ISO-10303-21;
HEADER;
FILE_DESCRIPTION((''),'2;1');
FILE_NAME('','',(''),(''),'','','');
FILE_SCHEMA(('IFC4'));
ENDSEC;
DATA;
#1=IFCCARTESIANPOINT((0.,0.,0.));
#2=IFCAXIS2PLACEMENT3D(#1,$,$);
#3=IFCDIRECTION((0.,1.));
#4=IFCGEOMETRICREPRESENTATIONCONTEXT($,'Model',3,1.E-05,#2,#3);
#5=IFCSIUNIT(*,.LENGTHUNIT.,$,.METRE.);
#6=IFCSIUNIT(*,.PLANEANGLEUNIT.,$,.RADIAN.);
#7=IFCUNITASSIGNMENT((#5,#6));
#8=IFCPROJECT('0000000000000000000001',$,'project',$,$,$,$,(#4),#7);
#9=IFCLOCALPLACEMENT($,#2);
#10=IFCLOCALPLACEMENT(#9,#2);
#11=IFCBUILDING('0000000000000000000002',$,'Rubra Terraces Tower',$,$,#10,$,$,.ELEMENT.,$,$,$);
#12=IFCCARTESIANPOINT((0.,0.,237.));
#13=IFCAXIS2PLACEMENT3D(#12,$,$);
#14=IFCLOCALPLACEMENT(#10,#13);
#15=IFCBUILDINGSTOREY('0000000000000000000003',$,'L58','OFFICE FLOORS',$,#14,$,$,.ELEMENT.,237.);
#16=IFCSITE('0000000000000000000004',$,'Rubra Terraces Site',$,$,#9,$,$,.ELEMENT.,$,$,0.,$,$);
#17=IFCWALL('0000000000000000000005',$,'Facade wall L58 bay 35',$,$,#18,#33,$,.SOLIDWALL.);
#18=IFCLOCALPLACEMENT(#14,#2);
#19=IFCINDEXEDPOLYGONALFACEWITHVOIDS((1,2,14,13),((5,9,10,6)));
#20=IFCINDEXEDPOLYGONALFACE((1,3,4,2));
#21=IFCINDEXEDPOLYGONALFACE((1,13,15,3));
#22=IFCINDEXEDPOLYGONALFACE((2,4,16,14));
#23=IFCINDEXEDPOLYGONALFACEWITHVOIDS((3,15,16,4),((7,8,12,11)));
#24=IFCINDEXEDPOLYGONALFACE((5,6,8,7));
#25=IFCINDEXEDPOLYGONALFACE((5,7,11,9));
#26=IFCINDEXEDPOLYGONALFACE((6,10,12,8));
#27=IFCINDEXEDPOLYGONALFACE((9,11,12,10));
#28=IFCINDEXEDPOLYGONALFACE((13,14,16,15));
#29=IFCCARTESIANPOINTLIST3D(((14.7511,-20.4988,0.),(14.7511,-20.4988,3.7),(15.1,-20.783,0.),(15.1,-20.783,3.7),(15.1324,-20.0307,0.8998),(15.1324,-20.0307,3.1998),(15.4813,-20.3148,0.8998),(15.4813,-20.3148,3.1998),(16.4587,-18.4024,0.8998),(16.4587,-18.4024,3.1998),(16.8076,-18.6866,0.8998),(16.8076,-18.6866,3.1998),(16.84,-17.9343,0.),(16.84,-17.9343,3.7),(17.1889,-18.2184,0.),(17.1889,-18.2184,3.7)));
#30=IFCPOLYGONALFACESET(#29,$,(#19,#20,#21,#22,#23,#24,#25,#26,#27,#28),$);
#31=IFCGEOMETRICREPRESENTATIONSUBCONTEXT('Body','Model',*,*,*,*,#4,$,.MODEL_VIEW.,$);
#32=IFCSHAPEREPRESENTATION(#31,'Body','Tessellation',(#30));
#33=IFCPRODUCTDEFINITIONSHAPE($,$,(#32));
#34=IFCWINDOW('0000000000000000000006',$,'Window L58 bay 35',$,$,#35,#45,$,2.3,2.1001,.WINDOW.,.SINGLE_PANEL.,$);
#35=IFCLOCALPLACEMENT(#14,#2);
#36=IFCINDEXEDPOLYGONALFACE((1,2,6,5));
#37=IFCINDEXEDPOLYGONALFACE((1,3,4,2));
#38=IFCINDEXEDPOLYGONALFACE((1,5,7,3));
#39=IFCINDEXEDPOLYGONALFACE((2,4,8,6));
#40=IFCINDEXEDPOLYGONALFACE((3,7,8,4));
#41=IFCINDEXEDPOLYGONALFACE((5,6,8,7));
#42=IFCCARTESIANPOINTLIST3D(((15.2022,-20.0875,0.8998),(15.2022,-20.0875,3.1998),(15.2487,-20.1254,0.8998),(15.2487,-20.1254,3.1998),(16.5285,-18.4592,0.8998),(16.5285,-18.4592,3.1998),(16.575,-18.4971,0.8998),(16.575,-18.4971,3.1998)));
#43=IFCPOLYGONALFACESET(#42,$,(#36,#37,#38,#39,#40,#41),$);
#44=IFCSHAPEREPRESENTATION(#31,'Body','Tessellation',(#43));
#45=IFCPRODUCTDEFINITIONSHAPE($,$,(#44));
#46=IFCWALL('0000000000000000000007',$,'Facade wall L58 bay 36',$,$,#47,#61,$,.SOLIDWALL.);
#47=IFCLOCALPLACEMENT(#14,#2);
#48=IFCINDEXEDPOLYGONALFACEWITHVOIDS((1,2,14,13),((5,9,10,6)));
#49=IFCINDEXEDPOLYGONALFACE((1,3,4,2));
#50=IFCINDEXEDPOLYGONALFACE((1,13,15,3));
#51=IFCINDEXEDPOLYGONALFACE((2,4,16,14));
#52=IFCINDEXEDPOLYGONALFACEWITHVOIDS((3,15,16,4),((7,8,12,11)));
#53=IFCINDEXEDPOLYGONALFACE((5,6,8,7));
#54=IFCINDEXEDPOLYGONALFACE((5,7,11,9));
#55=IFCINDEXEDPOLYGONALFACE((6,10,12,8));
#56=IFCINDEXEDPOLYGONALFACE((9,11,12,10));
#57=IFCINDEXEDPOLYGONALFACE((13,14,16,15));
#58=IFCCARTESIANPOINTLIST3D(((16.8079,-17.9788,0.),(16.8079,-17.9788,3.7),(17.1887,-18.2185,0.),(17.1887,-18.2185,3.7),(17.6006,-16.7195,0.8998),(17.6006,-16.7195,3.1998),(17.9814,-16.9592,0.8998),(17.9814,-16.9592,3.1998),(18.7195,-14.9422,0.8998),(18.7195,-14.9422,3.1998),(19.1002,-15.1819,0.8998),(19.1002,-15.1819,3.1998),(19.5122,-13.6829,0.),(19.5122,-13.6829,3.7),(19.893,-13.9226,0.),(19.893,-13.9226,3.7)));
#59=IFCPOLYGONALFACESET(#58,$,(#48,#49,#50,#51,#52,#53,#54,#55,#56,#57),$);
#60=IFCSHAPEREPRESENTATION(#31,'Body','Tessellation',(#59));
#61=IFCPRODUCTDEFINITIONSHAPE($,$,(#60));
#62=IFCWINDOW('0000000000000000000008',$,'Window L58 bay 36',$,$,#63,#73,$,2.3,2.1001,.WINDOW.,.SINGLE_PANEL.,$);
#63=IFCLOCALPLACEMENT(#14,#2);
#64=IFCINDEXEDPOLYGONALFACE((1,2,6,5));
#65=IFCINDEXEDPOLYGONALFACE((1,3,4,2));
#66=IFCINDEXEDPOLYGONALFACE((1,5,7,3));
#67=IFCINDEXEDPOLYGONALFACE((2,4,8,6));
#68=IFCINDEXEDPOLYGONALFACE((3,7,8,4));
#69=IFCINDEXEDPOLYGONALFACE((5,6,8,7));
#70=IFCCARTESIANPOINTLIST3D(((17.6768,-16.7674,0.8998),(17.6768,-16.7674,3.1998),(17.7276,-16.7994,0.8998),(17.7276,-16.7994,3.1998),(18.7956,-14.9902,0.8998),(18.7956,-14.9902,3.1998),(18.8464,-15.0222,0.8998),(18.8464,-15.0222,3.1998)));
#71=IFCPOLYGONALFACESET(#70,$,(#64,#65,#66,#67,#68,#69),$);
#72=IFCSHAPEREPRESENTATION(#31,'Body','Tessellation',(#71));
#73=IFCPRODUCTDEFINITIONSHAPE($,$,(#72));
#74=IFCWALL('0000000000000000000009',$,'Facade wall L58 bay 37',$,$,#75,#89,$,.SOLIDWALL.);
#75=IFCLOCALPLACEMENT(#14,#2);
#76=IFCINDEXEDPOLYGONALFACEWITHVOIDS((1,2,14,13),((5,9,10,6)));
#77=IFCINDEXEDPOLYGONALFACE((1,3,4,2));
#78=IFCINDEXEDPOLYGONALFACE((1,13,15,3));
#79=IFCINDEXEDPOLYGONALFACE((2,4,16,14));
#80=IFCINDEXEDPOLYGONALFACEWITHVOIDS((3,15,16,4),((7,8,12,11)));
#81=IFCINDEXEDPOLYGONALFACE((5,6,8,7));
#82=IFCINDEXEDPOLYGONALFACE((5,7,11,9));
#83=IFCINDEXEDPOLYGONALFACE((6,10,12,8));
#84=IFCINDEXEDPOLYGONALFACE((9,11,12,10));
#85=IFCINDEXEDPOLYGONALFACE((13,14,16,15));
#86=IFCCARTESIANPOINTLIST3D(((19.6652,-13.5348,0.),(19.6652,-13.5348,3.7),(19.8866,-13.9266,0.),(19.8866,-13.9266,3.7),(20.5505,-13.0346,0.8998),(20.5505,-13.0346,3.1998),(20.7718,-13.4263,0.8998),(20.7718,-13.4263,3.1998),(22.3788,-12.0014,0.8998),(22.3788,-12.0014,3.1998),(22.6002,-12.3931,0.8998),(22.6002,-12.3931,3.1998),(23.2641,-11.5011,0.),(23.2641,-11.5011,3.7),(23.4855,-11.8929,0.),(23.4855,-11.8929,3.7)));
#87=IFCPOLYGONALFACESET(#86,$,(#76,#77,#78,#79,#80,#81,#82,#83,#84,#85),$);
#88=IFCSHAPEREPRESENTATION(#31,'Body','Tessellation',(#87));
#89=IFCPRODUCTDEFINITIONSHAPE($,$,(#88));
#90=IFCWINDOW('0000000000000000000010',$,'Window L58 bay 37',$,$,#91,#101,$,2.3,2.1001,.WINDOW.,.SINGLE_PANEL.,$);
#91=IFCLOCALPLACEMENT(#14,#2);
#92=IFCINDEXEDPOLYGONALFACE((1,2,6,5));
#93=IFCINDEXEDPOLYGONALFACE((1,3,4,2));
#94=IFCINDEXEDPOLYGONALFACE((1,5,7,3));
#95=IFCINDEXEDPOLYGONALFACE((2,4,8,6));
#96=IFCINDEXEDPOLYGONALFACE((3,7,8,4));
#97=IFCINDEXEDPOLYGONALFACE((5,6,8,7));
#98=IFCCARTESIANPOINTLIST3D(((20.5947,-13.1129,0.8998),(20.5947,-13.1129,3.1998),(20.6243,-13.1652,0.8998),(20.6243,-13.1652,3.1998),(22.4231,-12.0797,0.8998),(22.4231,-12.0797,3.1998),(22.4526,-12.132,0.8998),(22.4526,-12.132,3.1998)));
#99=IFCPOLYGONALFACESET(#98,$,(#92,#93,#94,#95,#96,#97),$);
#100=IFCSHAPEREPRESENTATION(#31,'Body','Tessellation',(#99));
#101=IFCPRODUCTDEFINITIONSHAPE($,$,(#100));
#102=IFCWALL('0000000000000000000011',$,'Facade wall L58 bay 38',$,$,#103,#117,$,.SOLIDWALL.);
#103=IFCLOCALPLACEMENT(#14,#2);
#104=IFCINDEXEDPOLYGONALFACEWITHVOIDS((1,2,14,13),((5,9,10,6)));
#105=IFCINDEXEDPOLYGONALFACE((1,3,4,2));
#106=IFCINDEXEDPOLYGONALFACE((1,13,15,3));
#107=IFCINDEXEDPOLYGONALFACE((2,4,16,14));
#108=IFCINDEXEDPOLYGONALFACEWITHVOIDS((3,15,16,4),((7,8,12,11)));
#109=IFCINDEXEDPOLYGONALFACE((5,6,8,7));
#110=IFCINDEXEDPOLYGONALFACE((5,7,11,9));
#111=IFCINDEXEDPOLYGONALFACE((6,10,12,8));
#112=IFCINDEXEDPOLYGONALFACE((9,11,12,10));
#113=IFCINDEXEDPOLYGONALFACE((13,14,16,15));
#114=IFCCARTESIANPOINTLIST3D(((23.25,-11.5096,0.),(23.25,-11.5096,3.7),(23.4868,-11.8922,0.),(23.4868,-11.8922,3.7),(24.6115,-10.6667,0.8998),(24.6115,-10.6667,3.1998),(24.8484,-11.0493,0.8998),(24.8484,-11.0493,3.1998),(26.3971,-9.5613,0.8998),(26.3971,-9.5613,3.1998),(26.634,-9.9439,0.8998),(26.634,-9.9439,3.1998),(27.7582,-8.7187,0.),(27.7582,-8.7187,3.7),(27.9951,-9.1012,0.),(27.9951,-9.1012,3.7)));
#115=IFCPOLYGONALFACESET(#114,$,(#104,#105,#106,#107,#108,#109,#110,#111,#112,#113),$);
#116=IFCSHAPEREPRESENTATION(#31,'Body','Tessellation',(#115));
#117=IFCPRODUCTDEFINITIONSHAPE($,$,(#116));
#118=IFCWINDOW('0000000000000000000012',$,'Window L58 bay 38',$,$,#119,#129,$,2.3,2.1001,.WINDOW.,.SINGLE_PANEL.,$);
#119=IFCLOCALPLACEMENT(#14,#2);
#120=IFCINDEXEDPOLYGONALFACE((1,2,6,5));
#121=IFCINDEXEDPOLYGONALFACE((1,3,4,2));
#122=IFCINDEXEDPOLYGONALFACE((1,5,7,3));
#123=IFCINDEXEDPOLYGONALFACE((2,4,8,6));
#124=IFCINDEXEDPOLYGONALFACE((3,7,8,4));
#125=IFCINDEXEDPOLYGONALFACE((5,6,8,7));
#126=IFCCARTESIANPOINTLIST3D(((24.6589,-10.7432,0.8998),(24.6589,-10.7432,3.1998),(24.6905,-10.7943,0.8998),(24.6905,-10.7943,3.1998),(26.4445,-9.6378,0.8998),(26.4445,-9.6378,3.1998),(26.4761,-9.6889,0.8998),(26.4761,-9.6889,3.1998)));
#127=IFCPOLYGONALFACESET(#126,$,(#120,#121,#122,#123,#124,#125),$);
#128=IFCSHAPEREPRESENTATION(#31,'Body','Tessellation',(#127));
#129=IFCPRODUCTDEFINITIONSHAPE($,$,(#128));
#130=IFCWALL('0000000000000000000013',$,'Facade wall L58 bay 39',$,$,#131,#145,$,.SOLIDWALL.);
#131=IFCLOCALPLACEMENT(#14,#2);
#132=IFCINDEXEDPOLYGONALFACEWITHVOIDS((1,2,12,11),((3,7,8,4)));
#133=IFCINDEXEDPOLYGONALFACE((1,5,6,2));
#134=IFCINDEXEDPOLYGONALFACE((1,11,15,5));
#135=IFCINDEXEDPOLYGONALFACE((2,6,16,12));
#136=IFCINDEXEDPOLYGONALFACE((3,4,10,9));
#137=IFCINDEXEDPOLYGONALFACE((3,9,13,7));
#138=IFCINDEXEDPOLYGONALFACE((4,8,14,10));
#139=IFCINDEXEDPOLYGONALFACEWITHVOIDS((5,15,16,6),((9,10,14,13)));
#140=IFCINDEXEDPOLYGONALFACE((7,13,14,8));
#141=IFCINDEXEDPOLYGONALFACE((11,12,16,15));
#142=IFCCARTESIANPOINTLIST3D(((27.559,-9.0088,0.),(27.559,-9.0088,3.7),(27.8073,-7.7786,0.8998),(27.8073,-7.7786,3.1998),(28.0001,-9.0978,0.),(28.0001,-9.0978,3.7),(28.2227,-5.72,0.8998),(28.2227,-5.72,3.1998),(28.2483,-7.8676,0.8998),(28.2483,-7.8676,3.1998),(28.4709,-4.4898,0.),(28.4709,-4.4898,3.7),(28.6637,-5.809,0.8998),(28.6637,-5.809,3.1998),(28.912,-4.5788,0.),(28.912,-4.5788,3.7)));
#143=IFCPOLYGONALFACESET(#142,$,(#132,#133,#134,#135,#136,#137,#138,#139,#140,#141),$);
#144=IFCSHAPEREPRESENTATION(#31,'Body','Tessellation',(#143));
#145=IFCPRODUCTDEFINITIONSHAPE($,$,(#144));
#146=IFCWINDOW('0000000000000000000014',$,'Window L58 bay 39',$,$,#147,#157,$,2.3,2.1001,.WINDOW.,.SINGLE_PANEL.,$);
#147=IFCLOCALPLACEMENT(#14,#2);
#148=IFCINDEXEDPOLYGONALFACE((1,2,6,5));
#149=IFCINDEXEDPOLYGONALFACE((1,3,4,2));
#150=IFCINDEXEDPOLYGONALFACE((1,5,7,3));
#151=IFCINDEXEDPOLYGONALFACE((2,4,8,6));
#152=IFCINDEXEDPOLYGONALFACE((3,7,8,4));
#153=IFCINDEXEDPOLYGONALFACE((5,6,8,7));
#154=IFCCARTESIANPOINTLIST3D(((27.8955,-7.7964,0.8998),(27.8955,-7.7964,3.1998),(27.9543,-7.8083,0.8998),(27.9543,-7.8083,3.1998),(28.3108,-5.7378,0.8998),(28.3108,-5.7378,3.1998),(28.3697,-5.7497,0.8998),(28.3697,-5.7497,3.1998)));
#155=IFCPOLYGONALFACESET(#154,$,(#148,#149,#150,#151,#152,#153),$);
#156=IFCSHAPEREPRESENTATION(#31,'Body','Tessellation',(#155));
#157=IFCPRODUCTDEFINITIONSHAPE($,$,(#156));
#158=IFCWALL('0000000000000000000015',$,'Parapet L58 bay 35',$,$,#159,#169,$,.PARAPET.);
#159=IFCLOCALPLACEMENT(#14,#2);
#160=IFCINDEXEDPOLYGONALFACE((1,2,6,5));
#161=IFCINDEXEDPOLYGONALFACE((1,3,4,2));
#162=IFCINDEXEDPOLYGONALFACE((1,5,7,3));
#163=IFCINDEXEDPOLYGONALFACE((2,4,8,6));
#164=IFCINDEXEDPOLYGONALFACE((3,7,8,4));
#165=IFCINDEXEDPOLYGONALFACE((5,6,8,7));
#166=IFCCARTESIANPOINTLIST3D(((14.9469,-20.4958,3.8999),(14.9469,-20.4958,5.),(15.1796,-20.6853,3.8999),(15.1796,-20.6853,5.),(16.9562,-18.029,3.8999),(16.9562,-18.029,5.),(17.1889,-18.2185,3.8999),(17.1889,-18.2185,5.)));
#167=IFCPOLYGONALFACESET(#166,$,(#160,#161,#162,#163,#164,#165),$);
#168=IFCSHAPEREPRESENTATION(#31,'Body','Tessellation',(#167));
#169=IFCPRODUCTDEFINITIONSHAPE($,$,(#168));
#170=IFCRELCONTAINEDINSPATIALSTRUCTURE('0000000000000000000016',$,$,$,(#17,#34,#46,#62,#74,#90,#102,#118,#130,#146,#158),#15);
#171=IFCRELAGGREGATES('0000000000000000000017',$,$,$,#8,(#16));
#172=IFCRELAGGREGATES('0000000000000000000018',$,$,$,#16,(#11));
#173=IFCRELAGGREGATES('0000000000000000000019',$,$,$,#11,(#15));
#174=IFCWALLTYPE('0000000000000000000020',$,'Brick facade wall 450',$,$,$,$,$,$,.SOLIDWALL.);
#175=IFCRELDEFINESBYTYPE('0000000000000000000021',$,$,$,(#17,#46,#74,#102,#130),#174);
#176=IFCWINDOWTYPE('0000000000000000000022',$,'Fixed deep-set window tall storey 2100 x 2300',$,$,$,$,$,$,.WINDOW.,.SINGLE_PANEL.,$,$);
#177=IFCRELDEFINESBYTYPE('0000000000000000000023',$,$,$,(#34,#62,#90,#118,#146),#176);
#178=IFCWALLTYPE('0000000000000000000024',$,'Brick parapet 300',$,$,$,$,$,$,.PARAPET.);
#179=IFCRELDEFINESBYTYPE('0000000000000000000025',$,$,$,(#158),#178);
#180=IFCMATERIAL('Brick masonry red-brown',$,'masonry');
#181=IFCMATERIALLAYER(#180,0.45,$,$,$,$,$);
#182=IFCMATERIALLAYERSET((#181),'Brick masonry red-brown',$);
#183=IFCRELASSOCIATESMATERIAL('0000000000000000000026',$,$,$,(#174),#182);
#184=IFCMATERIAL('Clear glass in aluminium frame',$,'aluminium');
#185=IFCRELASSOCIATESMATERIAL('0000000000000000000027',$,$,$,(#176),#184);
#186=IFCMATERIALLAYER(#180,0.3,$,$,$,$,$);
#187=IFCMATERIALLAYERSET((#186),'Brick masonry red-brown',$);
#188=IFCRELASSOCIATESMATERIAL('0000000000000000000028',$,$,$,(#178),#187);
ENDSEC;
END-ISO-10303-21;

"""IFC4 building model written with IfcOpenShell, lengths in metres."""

from ifc_helpers import new_model, si_unit, direction, frame, frame_2d, origin, place, context, subcontext, project, spatial, rectangle, extrude, material, layer, layer_set, type_object, element, fill, save


model = new_model("IFC4")

# Units and contexts
model_context = context("Model", 3, precision=1e-05, world=origin(), true_north=direction((0.0, 1.0)))
body_context = subcontext(model_context, "Body", "Model", "MODEL_VIEW")
ifc_project = project(units=[si_unit("LENGTHUNIT", "METRE"), si_unit("PLANEANGLEUNIT", "RADIAN")], contexts=[model_context])

# Site, building, storey
site_placement = place(None, origin())
site = spatial("IfcSite", under=ifc_project, at=site_placement, Name="Rubra Terraces Site", CompositionType="ELEMENT", RefElevation=0.0)
building_placement = place(site_placement, origin())
building = spatial("IfcBuilding", under=site, at=building_placement, Name="Rubra Terraces Tower", CompositionType="ELEMENT")
storey_placement = place(building_placement, frame((0.0, 0.0, 237.0)))
storey = spatial("IfcBuildingStorey", under=building, at=storey_placement, Name="L58", Description="OFFICE FLOORS", CompositionType="ELEMENT", Elevation=237.0)

# Walls, openings, windows
ifc_material_1 = material(Name="Brick masonry red-brown", Category="masonry")
ifc_layer_1 = layer(ifc_material_1, 0.45)
ifc_layer_set_1 = layer_set([ifc_layer_1], Name="Brick masonry red-brown")
wall_type_1 = type_object("IfcWallType", Name="Brick facade wall 450", PredefinedType="SOLIDWALL", material=ifc_layer_set_1)
wall_1_placement = place(storey_placement, frame((14.9255, -20.6409, 0.0), z_axis=(0.0, 0.0, 1.0), x_axis=(0.631548, 0.775337, 0.0)))
wall_1 = element("IfcWall", 1, at=wall_1_placement, inside=storey, type_object=wall_type_1, Name="Facade wall L58 bay 35", PredefinedType="SOLIDWALL", context=body_context, shape_type="SweptSolid", body=[
    extrude(rectangle(XDim=3.3076, YDim=0.45, at=frame_2d((1.6538, 0.0))), origin(), (0.0, 0.0, 1.0), 3.7),
])
opening_1_placement = place(wall_1_placement, frame((0.6038, 0.0, 0.8999)))
opening_1 = element("IfcOpeningElement", 2, at=opening_1_placement, cuts=wall_1, PredefinedType="OPENING", context=body_context, shape_type="SweptSolid", body=[
    extrude(rectangle(XDim=2.1001, YDim=2.3, at=frame_2d((1.05, 1.1499))), frame((0.0, 0.2349, 0.0), z_axis=(0.0, -1.0, 0.0), x_axis=(1.0, 0.0, 0.0)), (0.0, 0.0, 1.0), 0.47),
])
ifc_material_2 = material(Name="Clear glass in aluminium frame", Category="aluminium")
window_type = type_object("IfcWindowType", Name="Fixed deep-set window tall storey 2100 x 2300", PartitioningType="SINGLE_PANEL", PredefinedType="WINDOW", material=ifc_material_2)
window_1_placement = place(opening_1_placement, origin())
window_1 = element("IfcWindow", 3, at=window_1_placement, inside=storey, type_object=window_type, Name="Window L58 bay 35", OverallHeight=2.3, OverallWidth=2.1001, PartitioningType="SINGLE_PANEL", PredefinedType="WINDOW", context=body_context, shape_type="SweptSolid", body=[
    extrude(rectangle(XDim=2.1001, YDim=2.3, at=frame_2d((1.05, 1.1499))), frame((0.0, 0.135, 0.0), z_axis=(0.0, -1.0, 0.0), x_axis=(1.0, 0.0, 0.0)), (0.0, 0.0, 1.0), 0.0601),
])
fill(opening_1, window_1)
wall_2_placement = place(storey_placement, frame((16.9983, -18.0986, 0.0), z_axis=(0.0, 0.0, 1.0), x_axis=(0.532746, 0.846275, 0.0)))
wall_2 = element("IfcWall", 4, at=wall_2_placement, inside=storey, type_object=wall_type_1, Name="Facade wall L58 bay 36", PredefinedType="SOLIDWALL", context=body_context, shape_type="SweptSolid", body=[
    extrude(rectangle(XDim=5.0762, YDim=0.45, at=frame_2d((2.5381, 0.0))), origin(), (0.0, 0.0, 1.0), 3.7),
])
opening_2_placement = place(wall_2_placement, frame((1.488, 0.0, 0.8999)))
opening_2 = element("IfcOpeningElement", 5, at=opening_2_placement, cuts=wall_2, PredefinedType="OPENING", context=body_context, shape_type="SweptSolid", body=[
    extrude(rectangle(XDim=2.1001, YDim=2.3, at=frame_2d((1.05, 1.1499))), frame((0.0, 0.2349, 0.0), z_axis=(0.0, -1.0, 0.0), x_axis=(1.0, 0.0, 0.0)), (0.0, 0.0, 1.0), 0.47),
])
window_2_placement = place(opening_2_placement, origin())
window_2 = element("IfcWindow", 6, at=window_2_placement, inside=storey, type_object=window_type, Name="Window L58 bay 36", OverallHeight=2.3, OverallWidth=2.1001, PartitioningType="SINGLE_PANEL", PredefinedType="WINDOW", context=body_context, shape_type="SweptSolid", body=[
    extrude(rectangle(XDim=2.1001, YDim=2.3, at=frame_2d((1.05, 1.1499))), frame((0.0, 0.135, 0.0), z_axis=(0.0, -1.0, 0.0), x_axis=(1.0, 0.0, 0.0)), (0.0, 0.0, 1.0), 0.0601),
])
fill(opening_2, window_2)
wall_3_placement = place(storey_placement, frame((19.7759, -13.7307, 0.0), z_axis=(0.0, 0.0, 1.0), x_axis=(0.87061, 0.491974, 0.0)))
wall_3 = element("IfcWall", 7, at=wall_3_placement, inside=storey, type_object=wall_type_1, Name="Facade wall L58 bay 37", PredefinedType="SOLIDWALL", context=body_context, shape_type="SweptSolid", body=[
    extrude(rectangle(XDim=4.1338, YDim=0.45, at=frame_2d((2.0669, 0.0))), origin(), (0.0, 0.0, 1.0), 3.7),
])
opening_3_placement = place(wall_3_placement, frame((1.0168, 0.0, 0.8999)))
opening_3 = element("IfcOpeningElement", 8, at=opening_3_placement, cuts=wall_3, PredefinedType="OPENING", context=body_context, shape_type="SweptSolid", body=[
    extrude(rectangle(XDim=2.1001, YDim=2.3, at=frame_2d((1.05, 1.1499))), frame((0.0, 0.2349, 0.0), z_axis=(0.0, -1.0, 0.0), x_axis=(1.0, 0.0, 0.0)), (0.0, 0.0, 1.0), 0.47),
])
window_3_placement = place(opening_3_placement, origin())
window_3 = element("IfcWindow", 9, at=window_3_placement, inside=storey, type_object=window_type, Name="Window L58 bay 37", OverallHeight=2.3, OverallWidth=2.1001, PartitioningType="SINGLE_PANEL", PredefinedType="WINDOW", context=body_context, shape_type="SweptSolid", body=[
    extrude(rectangle(XDim=2.1001, YDim=2.3, at=frame_2d((1.05, 1.1499))), frame((0.0, 0.135, 0.0), z_axis=(0.0, -1.0, 0.0), x_axis=(1.0, 0.0, 0.0)), (0.0, 0.0, 1.0), 0.0601),
])
fill(opening_3, window_3)
wall_4_placement = place(storey_placement, frame((23.3684, -11.7009, 0.0), z_axis=(0.0, 0.0, 1.0), x_axis=(0.850251, 0.526377, 0.0)))
wall_4 = element("IfcWall", 10, at=wall_4_placement, inside=storey, type_object=wall_type_1, Name="Facade wall L58 bay 38", PredefinedType="SOLIDWALL", context=body_context, shape_type="SweptSolid", body=[
    extrude(rectangle(XDim=5.3022, YDim=0.45, at=frame_2d((2.6511, 0.0))), origin(), (0.0, 0.0, 1.0), 3.7),
])
opening_4_placement = place(wall_4_placement, frame((1.6013, 0.0, 0.8999)))
opening_4 = element("IfcOpeningElement", 11, at=opening_4_placement, cuts=wall_4, PredefinedType="OPENING", context=body_context, shape_type="SweptSolid", body=[
    extrude(rectangle(XDim=2.1001, YDim=2.3, at=frame_2d((1.05, 1.1499))), frame((0.0, 0.2349, 0.0), z_axis=(0.0, -1.0, 0.0), x_axis=(1.0, 0.0, 0.0)), (0.0, 0.0, 1.0), 0.47),
])
window_4_placement = place(opening_4_placement, origin())
window_4 = element("IfcWindow", 12, at=window_4_placement, inside=storey, type_object=window_type, Name="Window L58 bay 38", OverallHeight=2.3, OverallWidth=2.1001, PartitioningType="SINGLE_PANEL", PredefinedType="WINDOW", context=body_context, shape_type="SweptSolid", body=[
    extrude(rectangle(XDim=2.1001, YDim=2.3, at=frame_2d((1.05, 1.1499))), frame((0.0, 0.135, 0.0), z_axis=(0.0, -1.0, 0.0), x_axis=(1.0, 0.0, 0.0)), (0.0, 0.0, 1.0), 0.0601),
])
fill(opening_4, window_4)
wall_5_placement = place(storey_placement, frame((27.7795, -9.0535, 0.0), z_axis=(0.0, 0.0, 1.0), x_axis=(0.197796, 0.980243, 0.0)))
wall_5 = element("IfcWall", 13, at=wall_5_placement, inside=storey, type_object=wall_type_1, Name="Facade wall L58 bay 39", PredefinedType="SOLIDWALL", context=body_context, shape_type="SweptSolid", body=[
    extrude(rectangle(XDim=4.6101, YDim=0.45, at=frame_2d((2.3052, 0.0))), origin(), (0.0, 0.0, 1.0), 3.7),
])
opening_5_placement = place(wall_5_placement, frame((1.2551, 0.0, 0.8999)))
opening_5 = element("IfcOpeningElement", 14, at=opening_5_placement, cuts=wall_5, PredefinedType="OPENING", context=body_context, shape_type="SweptSolid", body=[
    extrude(rectangle(XDim=2.1001, YDim=2.3, at=frame_2d((1.05, 1.1499))), frame((0.0, 0.2349, 0.0), z_axis=(0.0, -1.0, 0.0), x_axis=(1.0, 0.0, 0.0)), (0.0, 0.0, 1.0), 0.47),
])
window_5_placement = place(opening_5_placement, origin())
window_5 = element("IfcWindow", 15, at=window_5_placement, inside=storey, type_object=window_type, Name="Window L58 bay 39", OverallHeight=2.3, OverallWidth=2.1001, PartitioningType="SINGLE_PANEL", PredefinedType="WINDOW", context=body_context, shape_type="SweptSolid", body=[
    extrude(rectangle(XDim=2.1001, YDim=2.3, at=frame_2d((1.05, 1.1499))), frame((0.0, 0.135, 0.0), z_axis=(0.0, -1.0, 0.0), x_axis=(1.0, 0.0, 0.0)), (0.0, 0.0, 1.0), 0.0601),
])
fill(opening_5, window_5)

# Wall
ifc_layer_2 = layer(ifc_material_1, 0.3)
ifc_layer_set_2 = layer_set([ifc_layer_2], Name="Brick masonry red-brown")
wall_type_2 = type_object("IfcWallType", Name="Brick parapet 300", PredefinedType="PARAPET", material=ifc_layer_set_2)
wall_6_placement = place(storey_placement, frame((15.0632, -20.5906, 3.8999), z_axis=(0.0, 0.0, 1.0), x_axis=(0.63154, 0.775344, 0.0)))
element("IfcWall", 16, at=wall_6_placement, inside=storey, type_object=wall_type_2, Name="Parapet L58 bay 35", PredefinedType="PARAPET", context=body_context, shape_type="SweptSolid", body=[
    extrude(rectangle(XDim=3.1816, YDim=0.3, at=frame_2d((1.5908, 0.0))), origin(), (0.0, 0.0, 1.0), 1.1001),
])

save(model, "model.ifc")
